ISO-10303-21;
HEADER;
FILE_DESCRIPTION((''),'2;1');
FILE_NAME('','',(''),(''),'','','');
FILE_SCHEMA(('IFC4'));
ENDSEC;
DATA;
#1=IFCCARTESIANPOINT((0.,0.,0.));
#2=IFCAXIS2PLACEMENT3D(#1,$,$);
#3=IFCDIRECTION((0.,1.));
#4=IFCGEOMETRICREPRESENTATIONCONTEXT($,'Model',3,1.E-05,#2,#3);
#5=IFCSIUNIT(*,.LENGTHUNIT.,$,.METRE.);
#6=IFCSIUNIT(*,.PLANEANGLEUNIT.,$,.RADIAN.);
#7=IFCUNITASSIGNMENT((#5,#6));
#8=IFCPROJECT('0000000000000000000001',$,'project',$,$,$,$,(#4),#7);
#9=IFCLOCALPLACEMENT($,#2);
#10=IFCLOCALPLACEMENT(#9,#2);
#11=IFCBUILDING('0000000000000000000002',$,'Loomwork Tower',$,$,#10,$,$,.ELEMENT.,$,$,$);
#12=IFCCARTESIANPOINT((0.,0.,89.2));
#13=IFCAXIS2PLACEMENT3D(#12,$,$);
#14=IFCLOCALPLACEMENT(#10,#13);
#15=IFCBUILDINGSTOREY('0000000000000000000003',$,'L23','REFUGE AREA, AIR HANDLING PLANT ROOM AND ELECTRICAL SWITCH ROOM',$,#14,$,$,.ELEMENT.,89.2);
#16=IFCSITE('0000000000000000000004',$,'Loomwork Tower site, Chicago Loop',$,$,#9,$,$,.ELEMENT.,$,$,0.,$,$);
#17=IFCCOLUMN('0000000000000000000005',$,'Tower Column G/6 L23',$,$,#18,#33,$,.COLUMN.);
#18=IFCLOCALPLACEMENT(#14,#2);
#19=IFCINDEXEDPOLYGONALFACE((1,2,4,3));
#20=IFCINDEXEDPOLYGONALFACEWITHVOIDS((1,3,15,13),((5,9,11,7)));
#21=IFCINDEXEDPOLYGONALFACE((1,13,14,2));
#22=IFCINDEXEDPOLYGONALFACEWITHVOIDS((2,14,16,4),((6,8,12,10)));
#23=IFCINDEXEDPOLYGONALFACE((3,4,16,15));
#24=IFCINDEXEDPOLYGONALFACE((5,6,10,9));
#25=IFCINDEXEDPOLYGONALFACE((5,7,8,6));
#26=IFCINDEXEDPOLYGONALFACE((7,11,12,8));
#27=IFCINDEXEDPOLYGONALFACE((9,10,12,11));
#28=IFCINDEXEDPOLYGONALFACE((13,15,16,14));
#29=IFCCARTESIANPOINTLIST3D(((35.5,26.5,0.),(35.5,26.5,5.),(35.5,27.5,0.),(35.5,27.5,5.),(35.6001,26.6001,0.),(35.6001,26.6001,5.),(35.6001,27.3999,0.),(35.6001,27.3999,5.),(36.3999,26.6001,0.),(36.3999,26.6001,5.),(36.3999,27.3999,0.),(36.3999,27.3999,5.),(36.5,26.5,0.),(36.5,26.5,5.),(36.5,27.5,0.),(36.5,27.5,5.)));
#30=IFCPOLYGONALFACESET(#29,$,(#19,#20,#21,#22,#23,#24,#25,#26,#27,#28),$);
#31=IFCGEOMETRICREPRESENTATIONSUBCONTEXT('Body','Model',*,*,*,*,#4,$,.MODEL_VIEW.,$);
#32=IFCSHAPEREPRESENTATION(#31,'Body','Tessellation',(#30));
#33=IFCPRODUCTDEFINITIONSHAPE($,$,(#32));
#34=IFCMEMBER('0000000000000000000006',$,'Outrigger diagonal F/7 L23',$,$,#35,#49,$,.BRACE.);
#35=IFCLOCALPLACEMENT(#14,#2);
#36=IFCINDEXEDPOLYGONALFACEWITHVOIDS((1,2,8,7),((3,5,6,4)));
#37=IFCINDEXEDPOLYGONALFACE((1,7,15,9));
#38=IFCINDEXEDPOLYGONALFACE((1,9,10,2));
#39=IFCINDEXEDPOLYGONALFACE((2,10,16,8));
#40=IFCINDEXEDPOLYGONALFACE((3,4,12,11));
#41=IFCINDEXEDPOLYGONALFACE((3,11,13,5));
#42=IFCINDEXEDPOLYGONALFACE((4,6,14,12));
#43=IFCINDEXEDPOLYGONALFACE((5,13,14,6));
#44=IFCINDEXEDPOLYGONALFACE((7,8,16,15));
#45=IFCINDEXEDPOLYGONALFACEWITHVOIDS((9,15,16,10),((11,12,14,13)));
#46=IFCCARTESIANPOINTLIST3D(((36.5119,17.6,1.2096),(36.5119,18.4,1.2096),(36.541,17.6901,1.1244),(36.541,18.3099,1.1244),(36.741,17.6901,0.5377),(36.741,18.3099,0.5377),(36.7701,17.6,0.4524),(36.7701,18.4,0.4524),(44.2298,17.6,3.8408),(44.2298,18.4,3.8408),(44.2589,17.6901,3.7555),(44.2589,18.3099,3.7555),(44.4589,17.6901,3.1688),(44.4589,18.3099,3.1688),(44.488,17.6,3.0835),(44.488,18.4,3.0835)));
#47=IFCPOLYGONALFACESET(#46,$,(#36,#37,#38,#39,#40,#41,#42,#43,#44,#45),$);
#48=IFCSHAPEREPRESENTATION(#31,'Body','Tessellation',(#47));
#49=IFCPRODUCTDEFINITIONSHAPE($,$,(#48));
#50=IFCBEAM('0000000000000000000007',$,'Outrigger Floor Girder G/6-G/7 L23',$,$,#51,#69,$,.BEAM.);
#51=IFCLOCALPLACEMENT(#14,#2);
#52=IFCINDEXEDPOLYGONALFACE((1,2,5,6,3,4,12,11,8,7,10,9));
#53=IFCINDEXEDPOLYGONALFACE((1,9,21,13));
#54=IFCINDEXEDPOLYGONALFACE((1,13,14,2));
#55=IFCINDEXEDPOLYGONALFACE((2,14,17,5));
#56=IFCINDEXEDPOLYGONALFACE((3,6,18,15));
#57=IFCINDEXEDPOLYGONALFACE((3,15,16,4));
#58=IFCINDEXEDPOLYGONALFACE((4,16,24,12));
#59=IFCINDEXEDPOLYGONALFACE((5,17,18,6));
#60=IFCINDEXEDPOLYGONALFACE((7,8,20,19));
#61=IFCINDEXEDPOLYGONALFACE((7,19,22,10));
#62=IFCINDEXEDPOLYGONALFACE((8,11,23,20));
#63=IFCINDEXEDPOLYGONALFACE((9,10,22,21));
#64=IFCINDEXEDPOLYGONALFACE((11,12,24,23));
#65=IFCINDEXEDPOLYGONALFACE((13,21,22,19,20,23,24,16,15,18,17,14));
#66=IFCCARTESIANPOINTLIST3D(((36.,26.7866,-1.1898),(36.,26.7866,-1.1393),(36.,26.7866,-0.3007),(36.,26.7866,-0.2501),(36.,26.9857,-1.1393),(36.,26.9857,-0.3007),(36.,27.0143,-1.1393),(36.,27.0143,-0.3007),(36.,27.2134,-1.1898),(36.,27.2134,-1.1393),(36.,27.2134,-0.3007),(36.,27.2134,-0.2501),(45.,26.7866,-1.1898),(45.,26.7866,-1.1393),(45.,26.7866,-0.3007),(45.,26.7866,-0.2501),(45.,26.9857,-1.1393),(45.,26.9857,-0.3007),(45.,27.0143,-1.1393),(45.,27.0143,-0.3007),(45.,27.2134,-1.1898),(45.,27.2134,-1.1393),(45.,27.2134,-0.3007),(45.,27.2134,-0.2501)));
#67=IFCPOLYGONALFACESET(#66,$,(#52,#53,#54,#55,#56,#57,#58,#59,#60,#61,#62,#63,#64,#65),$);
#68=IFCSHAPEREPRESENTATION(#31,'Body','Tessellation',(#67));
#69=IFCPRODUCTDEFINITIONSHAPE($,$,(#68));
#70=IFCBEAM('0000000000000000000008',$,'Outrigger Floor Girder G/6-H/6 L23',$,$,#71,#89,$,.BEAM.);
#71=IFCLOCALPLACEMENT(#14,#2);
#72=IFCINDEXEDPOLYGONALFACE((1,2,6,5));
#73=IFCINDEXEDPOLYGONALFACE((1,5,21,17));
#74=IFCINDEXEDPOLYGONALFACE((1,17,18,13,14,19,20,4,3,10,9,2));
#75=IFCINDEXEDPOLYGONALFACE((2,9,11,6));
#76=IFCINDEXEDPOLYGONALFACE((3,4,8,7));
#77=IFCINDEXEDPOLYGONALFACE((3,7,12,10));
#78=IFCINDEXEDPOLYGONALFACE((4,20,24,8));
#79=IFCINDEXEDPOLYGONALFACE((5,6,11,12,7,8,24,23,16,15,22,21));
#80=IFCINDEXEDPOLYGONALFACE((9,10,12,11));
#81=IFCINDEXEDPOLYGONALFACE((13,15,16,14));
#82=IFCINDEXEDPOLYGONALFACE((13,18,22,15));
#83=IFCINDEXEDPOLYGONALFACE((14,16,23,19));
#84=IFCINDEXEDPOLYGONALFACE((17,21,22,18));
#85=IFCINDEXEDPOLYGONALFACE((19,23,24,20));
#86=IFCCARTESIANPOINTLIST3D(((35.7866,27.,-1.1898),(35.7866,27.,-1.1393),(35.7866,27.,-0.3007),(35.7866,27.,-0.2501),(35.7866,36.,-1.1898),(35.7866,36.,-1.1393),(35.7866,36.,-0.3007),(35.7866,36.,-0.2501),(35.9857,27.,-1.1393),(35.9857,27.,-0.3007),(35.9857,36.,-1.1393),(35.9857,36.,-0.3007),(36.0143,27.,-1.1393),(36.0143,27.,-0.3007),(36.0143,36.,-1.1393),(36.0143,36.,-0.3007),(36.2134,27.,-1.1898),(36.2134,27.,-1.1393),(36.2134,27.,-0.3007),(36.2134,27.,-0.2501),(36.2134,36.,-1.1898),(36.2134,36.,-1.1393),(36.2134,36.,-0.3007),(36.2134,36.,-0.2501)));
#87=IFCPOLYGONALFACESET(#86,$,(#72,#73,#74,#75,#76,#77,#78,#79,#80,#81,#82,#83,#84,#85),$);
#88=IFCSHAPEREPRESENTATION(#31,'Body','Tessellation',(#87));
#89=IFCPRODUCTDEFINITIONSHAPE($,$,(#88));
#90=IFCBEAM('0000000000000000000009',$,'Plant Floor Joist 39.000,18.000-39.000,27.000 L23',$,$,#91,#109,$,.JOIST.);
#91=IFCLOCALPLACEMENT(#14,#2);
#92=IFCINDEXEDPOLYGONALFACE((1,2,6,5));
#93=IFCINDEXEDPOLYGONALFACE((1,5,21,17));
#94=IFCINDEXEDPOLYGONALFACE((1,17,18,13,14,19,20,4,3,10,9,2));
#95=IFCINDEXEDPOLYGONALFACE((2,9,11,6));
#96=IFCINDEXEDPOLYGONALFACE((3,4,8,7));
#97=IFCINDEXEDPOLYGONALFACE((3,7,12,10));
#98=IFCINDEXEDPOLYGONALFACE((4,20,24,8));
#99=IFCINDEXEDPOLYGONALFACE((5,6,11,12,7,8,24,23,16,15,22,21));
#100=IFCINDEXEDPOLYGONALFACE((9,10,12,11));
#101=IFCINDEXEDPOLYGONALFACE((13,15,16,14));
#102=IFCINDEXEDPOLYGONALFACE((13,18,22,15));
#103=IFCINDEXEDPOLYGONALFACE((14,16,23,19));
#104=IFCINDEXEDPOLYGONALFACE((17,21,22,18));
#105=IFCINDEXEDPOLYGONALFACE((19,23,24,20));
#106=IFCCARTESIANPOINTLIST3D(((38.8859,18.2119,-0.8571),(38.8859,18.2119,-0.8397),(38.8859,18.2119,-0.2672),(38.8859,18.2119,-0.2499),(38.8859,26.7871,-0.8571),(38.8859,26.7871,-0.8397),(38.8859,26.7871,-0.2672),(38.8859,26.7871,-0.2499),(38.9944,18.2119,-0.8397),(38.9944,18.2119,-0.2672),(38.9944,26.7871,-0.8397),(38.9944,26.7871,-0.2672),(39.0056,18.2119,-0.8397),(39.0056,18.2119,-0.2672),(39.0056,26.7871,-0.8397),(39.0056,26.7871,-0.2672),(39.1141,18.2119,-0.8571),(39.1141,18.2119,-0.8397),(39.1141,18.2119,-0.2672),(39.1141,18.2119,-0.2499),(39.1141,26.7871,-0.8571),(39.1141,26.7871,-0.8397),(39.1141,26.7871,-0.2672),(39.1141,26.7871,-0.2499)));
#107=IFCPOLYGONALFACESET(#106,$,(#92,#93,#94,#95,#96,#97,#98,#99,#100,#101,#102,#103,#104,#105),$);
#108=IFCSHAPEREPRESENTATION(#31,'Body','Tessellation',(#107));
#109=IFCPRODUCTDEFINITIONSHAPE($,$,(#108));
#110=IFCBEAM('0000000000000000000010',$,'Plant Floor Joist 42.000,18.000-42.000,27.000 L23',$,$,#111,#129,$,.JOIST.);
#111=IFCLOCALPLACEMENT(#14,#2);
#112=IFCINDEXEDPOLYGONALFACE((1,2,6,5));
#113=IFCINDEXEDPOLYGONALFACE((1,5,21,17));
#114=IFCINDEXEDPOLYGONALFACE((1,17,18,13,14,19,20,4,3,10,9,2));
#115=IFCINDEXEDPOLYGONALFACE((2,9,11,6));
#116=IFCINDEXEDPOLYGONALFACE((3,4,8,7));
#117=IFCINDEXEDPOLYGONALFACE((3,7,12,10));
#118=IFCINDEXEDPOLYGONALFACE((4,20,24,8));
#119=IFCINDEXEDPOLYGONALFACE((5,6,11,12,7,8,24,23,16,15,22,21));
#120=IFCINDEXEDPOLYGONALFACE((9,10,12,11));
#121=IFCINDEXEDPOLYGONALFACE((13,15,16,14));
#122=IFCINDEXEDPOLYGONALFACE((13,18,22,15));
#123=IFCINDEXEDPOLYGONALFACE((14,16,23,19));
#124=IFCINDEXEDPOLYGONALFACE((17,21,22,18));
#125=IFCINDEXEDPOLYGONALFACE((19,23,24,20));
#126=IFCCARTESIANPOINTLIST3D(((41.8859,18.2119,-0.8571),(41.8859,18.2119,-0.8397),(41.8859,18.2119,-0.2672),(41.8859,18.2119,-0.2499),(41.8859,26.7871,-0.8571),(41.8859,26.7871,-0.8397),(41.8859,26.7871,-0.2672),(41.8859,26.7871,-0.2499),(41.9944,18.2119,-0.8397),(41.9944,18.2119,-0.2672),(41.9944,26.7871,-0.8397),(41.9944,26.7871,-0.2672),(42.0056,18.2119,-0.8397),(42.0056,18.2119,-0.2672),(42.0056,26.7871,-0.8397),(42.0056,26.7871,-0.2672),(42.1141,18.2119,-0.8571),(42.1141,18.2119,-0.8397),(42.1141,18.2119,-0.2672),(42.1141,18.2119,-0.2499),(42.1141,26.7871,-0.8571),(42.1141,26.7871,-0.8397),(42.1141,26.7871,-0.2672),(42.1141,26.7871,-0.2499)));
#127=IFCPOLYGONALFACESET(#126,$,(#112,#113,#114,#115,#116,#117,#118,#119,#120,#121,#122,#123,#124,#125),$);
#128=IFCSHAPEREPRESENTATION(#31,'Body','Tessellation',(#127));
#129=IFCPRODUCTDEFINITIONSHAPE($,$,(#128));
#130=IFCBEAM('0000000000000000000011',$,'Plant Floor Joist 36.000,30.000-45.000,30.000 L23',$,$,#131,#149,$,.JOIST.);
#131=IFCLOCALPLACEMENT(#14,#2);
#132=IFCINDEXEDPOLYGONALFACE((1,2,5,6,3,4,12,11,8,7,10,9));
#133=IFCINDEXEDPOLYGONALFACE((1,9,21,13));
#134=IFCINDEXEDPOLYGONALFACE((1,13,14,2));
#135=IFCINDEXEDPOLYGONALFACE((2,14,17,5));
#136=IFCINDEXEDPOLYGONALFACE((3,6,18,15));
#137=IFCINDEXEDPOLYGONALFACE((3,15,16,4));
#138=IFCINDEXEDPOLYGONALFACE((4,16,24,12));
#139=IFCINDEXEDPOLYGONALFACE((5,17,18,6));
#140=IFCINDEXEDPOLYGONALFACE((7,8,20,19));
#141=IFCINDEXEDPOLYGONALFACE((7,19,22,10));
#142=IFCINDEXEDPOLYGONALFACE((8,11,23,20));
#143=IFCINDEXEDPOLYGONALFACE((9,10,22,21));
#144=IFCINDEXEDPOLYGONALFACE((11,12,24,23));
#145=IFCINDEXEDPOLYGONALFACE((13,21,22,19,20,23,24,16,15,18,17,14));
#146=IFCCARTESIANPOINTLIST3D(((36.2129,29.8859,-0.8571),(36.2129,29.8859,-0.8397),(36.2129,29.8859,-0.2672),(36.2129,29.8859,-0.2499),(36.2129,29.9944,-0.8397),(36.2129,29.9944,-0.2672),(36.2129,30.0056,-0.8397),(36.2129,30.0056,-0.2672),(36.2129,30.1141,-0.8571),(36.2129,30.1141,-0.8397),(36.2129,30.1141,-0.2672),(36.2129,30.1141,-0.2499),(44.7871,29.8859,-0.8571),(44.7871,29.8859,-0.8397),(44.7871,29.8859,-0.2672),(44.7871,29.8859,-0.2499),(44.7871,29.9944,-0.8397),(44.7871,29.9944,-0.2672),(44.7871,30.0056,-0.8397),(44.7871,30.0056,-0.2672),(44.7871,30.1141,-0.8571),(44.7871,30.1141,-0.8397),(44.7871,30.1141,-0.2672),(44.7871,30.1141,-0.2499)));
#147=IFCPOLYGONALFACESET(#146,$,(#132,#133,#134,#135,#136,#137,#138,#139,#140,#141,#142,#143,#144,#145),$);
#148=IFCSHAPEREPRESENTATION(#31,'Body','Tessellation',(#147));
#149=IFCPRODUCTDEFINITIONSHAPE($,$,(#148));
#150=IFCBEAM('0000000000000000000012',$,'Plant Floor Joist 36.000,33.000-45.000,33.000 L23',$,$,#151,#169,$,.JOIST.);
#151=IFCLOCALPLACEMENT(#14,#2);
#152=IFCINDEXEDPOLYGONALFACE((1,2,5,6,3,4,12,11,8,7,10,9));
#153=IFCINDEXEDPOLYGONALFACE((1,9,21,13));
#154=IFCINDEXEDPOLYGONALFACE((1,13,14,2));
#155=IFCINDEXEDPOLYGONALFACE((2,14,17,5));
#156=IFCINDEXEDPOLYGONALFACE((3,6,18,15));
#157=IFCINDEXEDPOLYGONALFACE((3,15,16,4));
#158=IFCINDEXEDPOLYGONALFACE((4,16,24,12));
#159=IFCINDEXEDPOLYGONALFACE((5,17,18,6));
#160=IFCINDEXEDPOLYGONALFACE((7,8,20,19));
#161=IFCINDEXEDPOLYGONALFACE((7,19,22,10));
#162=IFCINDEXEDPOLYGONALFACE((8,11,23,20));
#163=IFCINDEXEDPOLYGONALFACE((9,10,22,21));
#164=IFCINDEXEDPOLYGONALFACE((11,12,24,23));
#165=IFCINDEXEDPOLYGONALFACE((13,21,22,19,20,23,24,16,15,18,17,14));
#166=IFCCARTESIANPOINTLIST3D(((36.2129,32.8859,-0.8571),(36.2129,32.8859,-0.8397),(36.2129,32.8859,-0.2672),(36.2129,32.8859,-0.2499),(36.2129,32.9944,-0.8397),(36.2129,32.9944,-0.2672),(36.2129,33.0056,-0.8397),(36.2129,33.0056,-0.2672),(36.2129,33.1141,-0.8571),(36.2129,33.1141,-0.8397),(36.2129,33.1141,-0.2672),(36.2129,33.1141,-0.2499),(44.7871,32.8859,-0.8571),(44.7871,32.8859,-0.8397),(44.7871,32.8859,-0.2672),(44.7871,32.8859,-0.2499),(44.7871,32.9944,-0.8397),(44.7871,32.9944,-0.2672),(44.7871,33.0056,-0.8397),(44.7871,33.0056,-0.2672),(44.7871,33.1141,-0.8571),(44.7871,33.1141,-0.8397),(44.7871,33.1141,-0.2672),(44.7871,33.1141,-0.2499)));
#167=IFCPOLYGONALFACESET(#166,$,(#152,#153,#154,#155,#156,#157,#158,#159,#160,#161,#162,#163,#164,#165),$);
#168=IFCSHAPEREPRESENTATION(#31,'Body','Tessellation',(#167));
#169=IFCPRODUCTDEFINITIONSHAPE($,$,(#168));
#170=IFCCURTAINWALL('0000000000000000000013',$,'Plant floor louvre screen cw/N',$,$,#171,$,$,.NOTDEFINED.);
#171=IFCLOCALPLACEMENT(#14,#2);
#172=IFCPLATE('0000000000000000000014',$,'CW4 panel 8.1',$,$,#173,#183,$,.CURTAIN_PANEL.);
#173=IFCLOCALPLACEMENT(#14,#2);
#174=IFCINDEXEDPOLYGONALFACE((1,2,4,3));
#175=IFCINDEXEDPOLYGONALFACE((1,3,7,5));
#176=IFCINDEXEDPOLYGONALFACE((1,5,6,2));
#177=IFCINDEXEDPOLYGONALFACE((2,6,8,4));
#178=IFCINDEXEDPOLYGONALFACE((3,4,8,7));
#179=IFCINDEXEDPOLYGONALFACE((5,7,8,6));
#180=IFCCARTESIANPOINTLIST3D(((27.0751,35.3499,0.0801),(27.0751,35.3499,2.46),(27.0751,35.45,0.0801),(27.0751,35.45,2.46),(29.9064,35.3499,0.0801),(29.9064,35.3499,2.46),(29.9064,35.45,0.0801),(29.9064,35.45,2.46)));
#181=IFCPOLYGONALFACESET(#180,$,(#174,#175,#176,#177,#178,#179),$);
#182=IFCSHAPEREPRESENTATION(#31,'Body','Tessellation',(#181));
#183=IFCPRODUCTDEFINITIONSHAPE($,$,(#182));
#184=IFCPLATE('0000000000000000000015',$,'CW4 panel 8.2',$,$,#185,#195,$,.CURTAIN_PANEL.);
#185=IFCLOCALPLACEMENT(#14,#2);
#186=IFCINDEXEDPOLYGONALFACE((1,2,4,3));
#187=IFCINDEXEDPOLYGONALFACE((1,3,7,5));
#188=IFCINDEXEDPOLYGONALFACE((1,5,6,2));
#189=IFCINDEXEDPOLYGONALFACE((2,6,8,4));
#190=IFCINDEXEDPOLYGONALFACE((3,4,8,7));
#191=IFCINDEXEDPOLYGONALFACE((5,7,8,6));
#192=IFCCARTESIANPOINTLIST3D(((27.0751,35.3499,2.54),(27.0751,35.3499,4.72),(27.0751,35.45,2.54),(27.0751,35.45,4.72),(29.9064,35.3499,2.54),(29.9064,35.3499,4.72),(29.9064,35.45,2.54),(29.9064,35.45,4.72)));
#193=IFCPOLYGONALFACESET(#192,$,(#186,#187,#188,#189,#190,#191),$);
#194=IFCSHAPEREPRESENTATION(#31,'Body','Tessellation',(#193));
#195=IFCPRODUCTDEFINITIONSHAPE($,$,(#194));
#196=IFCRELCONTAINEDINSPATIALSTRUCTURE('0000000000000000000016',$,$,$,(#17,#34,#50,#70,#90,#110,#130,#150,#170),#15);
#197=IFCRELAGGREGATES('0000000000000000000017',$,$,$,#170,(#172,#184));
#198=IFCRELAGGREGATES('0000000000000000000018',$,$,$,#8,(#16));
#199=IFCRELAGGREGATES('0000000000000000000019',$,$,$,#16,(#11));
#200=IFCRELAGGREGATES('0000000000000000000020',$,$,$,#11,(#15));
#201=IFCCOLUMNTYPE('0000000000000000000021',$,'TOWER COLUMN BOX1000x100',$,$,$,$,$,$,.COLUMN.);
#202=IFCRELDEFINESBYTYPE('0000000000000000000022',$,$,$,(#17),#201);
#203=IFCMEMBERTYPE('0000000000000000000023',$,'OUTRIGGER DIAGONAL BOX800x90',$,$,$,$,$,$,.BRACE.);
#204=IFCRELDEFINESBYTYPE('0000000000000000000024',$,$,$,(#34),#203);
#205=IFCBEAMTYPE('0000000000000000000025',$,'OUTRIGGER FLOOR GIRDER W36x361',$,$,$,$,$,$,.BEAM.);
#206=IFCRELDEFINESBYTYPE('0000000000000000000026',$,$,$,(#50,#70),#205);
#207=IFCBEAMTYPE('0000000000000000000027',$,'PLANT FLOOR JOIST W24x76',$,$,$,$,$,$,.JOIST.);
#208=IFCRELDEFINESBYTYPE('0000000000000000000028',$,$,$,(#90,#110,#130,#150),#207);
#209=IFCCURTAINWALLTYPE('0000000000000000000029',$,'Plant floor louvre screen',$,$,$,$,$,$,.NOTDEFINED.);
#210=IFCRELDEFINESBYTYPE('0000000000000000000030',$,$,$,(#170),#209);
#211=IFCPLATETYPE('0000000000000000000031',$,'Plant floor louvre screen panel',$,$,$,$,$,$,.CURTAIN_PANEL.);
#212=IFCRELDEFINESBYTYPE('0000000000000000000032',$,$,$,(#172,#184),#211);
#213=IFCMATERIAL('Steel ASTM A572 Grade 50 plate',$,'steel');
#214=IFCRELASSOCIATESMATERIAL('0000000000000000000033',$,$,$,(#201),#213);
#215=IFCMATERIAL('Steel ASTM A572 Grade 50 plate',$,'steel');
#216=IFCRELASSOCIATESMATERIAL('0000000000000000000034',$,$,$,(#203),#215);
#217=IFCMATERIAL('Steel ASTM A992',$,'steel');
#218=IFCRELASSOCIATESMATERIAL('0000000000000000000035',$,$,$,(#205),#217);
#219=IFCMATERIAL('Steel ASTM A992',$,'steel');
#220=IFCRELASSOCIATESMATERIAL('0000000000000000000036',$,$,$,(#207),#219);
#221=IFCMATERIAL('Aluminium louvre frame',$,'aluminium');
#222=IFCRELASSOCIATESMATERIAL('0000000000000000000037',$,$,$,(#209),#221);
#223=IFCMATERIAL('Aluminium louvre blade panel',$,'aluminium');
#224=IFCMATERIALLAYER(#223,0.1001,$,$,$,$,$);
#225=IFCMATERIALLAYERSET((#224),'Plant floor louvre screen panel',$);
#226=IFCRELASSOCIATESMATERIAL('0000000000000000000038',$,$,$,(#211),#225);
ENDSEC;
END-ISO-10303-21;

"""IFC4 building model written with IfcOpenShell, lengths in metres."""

from ifc_helpers import new_model, si_unit, direction, frame, origin, origin_2d, place, context, subcontext, project, spatial, rectangle, hollow_rectangle, i_section, extrude, material, layer, layer_set, material_profile, profile_set, type_object, element, aggregate, save


model = new_model("IFC4")

# Units and contexts
model_context = context("Model", 3, precision=1e-05, world=origin(), true_north=direction((0.0, 1.0)))
body_context = subcontext(model_context, "Body", "Model", "MODEL_VIEW")
ifc_project = project(units=[si_unit("LENGTHUNIT", "METRE"), si_unit("PLANEANGLEUNIT", "RADIAN")], contexts=[model_context])

# Site, building, storey
site_placement = place(None, origin())
site = spatial("IfcSite", under=ifc_project, at=site_placement, Name="Loomwork Tower site, Chicago Loop", CompositionType="ELEMENT", RefElevation=0.0)
building_placement = place(site_placement, origin())
building = spatial("IfcBuilding", under=site, at=building_placement, Name="Loomwork Tower", CompositionType="ELEMENT")
storey_placement = place(building_placement, frame((0.0, 0.0, 89.2)))
storey = spatial("IfcBuildingStorey", under=building, at=storey_placement, Name="L23", Description="REFUGE AREA, AIR HANDLING PLANT ROOM AND ELECTRICAL SWITCH ROOM", CompositionType="ELEMENT", Elevation=89.2)

# Column
ifc_material_1 = material(Name="Steel ASTM A572 Grade 50 plate", Category="steel")
ifc_material_profile_1 = material_profile(ifc_material_1, hollow_rectangle(XDim=1.0, YDim=1.0, WallThickness=0.1001, at=origin_2d()), Name="BOX1000x100")
ifc_profile_set_1 = profile_set([ifc_material_profile_1], Name="Steel ASTM A572 Grade 50 plate")
column_type = type_object("IfcColumnType", Name="TOWER COLUMN BOX1000x100", PredefinedType="COLUMN", material=ifc_profile_set_1)
column_placement = place(storey_placement, frame((36.0, 27.0, 0.0), z_axis=(0.0, 0.0, 1.0), x_axis=(1.0, 0.0, 0.0)))
element("IfcColumn", 1, at=column_placement, inside=storey, type_object=column_type, Name="Tower Column G/6 L23", PredefinedType="COLUMN", context=body_context, shape_type="SweptSolid", body=[
    extrude(hollow_rectangle(XDim=1.0, YDim=1.0, WallThickness=0.1001, at=origin_2d()), origin(), (0.0, 0.0, 1.0), 5.0),
])

# Member
ifc_material_2 = material(Name="Steel ASTM A572 Grade 50 plate", Category="steel")
ifc_material_profile_2 = material_profile(ifc_material_2, hollow_rectangle(XDim=0.8, YDim=0.8, WallThickness=0.0901, at=origin_2d()), Name="BOX800x90")
ifc_profile_set_2 = profile_set([ifc_material_profile_2], Name="Steel ASTM A572 Grade 50 plate")
member_type = type_object("IfcMemberType", Name="OUTRIGGER DIAGONAL BOX800x90", PredefinedType="BRACE", material=ifc_profile_set_2)
member_placement = place(storey_placement, frame((44.3589, 18.0, 3.4622), z_axis=(-0.946509, 0.0, -0.322679), x_axis=(0.0, -1.0, 0.0)))
element("IfcMember", 2, at=member_placement, inside=storey, type_object=member_type, Name="Outrigger diagonal F/7 L23", PredefinedType="BRACE", context=body_context, shape_type="SweptSolid", body=[
    extrude(hollow_rectangle(XDim=0.8, YDim=0.8, WallThickness=0.0901, at=origin_2d()), origin(), (0.0, 0.0, 1.0), 8.1541),
])

# Beams
ifc_material_3 = material(Name="Steel ASTM A992", Category="steel")
ifc_material_profile_3 = material_profile(ifc_material_3, i_section(OverallWidth=0.4268, OverallDepth=0.9397, WebThickness=0.0286, FlangeThickness=0.0505, at=origin_2d()), Name="W36x361")
ifc_profile_set_3 = profile_set([ifc_material_profile_3], Name="Steel ASTM A992")
beam_type_1 = type_object("IfcBeamType", Name="OUTRIGGER FLOOR GIRDER W36x361", PredefinedType="BEAM", material=ifc_profile_set_3)
for number, where, z_axis, x_axis, name in (
    (3, (36.0, 27.0, -0.72), (1.0, 0.0, 0.0), (0.0, 1.0, 0.0), "Outrigger Floor Girder G/6-G/7 L23"),
    (4, (36.0, 27.0, -0.72), (0.0, 1.0, 0.0), (-1.0, 0.0, 0.0), "Outrigger Floor Girder G/6-H/6 L23"),
):
    element("IfcBeam", number, at=place(storey_placement, frame(where, z_axis=z_axis, x_axis=x_axis)), inside=storey, type_object=beam_type_1, Name=name, PredefinedType="BEAM", context=body_context, shape_type="SweptSolid", body=[
        extrude(i_section(OverallWidth=0.4268, OverallDepth=0.9397, WebThickness=0.0286, FlangeThickness=0.0505, at=origin_2d()), origin(), (0.0, 0.0, 1.0), 9.0),
    ])
ifc_material_4 = material(Name="Steel ASTM A992", Category="steel")
ifc_material_profile_4 = material_profile(ifc_material_4, i_section(OverallWidth=0.2283, OverallDepth=0.6072, WebThickness=0.0112, FlangeThickness=0.0173, at=origin_2d()), Name="W24x76")
ifc_profile_set_4 = profile_set([ifc_material_profile_4], Name="Steel ASTM A992")
beam_type_2 = type_object("IfcBeamType", Name="PLANT FLOOR JOIST W24x76", PredefinedType="JOIST", material=ifc_profile_set_4)
for number, where, z_axis, x_axis, name in (
    (5, (39.0, 18.2119, -0.5535), (0.0, 1.0, 0.0), (-1.0, 0.0, 0.0), "Plant Floor Joist 39.000,18.000-39.000,27.000 L23"),
    (6, (42.0, 18.2119, -0.5535), (0.0, 1.0, 0.0), (-1.0, 0.0, 0.0), "Plant Floor Joist 42.000,18.000-42.000,27.000 L23"),
):
    element("IfcBeam", number, at=place(storey_placement, frame(where, z_axis=z_axis, x_axis=x_axis)), inside=storey, type_object=beam_type_2, Name=name, PredefinedType="JOIST", context=body_context, shape_type="SweptSolid", body=[
        extrude(i_section(OverallWidth=0.2283, OverallDepth=0.6072, WebThickness=0.0112, FlangeThickness=0.0173, at=origin_2d()), origin(), (0.0, 0.0, 1.0), 8.5752),
    ])
for number, where, z_axis, x_axis, name in (
    (7, (36.2129, 30.0, -0.5535), (1.0, 0.0, 0.0), (0.0, 1.0, 0.0), "Plant Floor Joist 36.000,30.000-45.000,30.000 L23"),
    (8, (36.2129, 33.0, -0.5535), (1.0, 0.0, 0.0), (0.0, 1.0, 0.0), "Plant Floor Joist 36.000,33.000-45.000,33.000 L23"),
):
    element("IfcBeam", number, at=place(storey_placement, frame(where, z_axis=z_axis, x_axis=x_axis)), inside=storey, type_object=beam_type_2, Name=name, PredefinedType="JOIST", context=body_context, shape_type="SweptSolid", body=[
        extrude(i_section(OverallWidth=0.2283, OverallDepth=0.6072, WebThickness=0.0112, FlangeThickness=0.0173, at=origin_2d()), origin(), (0.0, 0.0, 1.0), 8.5742),
    ])

# Curtain wall, plates
ifc_material_5 = material(Name="Aluminium louvre frame", Category="aluminium")
curtain_wall_type = type_object("IfcCurtainWallType", Name="Plant floor louvre screen", PredefinedType="NOTDEFINED", material=ifc_material_5)
curtain_wall_placement = place(storey_placement, origin())
curtain_wall = element("IfcCurtainWall", 9, at=curtain_wall_placement, inside=storey, type_object=curtain_wall_type, Name="Plant floor louvre screen cw/N", PredefinedType="NOTDEFINED")
ifc_material_6 = material(Name="Aluminium louvre blade panel", Category="aluminium")
ifc_layer_1 = layer(ifc_material_6, 0.1001)
ifc_layer_set_1 = layer_set([ifc_layer_1], Name="Plant floor louvre screen panel")
plate_type_1 = type_object("IfcPlateType", Name="Plant floor louvre screen panel", PredefinedType="CURTAIN_PANEL", material=ifc_layer_set_1)
plate_1_placement = place(storey_placement, frame((28.4907, 35.3999, 0.0801), z_axis=(0.0, 0.0, 1.0), x_axis=(-1.0, 0.0, 0.0)))
plate_1 = element("IfcPlate", 10, at=plate_1_placement, type_object=plate_type_1, Name="CW4 panel 8.1", PredefinedType="CURTAIN_PANEL", context=body_context, shape_type="SweptSolid", body=[
    extrude(rectangle(XDim=2.8313, YDim=0.1001, at=origin_2d()), origin(), (0.0, 0.0, 1.0), 2.3799),
])
plate_2_placement = place(storey_placement, frame((28.4907, 35.3999, 2.54), z_axis=(0.0, 0.0, 1.0), x_axis=(-1.0, 0.0, 0.0)))
plate_2 = element("IfcPlate", 11, at=plate_2_placement, type_object=plate_type_1, Name="CW4 panel 8.2", PredefinedType="CURTAIN_PANEL", context=body_context, shape_type="SweptSolid", body=[
    extrude(rectangle(XDim=2.8313, YDim=0.1001, at=origin_2d()), origin(), (0.0, 0.0, 1.0), 2.1799),
])
aggregate(curtain_wall, [plate_1, plate_2])

save(model, "model.ifc")
